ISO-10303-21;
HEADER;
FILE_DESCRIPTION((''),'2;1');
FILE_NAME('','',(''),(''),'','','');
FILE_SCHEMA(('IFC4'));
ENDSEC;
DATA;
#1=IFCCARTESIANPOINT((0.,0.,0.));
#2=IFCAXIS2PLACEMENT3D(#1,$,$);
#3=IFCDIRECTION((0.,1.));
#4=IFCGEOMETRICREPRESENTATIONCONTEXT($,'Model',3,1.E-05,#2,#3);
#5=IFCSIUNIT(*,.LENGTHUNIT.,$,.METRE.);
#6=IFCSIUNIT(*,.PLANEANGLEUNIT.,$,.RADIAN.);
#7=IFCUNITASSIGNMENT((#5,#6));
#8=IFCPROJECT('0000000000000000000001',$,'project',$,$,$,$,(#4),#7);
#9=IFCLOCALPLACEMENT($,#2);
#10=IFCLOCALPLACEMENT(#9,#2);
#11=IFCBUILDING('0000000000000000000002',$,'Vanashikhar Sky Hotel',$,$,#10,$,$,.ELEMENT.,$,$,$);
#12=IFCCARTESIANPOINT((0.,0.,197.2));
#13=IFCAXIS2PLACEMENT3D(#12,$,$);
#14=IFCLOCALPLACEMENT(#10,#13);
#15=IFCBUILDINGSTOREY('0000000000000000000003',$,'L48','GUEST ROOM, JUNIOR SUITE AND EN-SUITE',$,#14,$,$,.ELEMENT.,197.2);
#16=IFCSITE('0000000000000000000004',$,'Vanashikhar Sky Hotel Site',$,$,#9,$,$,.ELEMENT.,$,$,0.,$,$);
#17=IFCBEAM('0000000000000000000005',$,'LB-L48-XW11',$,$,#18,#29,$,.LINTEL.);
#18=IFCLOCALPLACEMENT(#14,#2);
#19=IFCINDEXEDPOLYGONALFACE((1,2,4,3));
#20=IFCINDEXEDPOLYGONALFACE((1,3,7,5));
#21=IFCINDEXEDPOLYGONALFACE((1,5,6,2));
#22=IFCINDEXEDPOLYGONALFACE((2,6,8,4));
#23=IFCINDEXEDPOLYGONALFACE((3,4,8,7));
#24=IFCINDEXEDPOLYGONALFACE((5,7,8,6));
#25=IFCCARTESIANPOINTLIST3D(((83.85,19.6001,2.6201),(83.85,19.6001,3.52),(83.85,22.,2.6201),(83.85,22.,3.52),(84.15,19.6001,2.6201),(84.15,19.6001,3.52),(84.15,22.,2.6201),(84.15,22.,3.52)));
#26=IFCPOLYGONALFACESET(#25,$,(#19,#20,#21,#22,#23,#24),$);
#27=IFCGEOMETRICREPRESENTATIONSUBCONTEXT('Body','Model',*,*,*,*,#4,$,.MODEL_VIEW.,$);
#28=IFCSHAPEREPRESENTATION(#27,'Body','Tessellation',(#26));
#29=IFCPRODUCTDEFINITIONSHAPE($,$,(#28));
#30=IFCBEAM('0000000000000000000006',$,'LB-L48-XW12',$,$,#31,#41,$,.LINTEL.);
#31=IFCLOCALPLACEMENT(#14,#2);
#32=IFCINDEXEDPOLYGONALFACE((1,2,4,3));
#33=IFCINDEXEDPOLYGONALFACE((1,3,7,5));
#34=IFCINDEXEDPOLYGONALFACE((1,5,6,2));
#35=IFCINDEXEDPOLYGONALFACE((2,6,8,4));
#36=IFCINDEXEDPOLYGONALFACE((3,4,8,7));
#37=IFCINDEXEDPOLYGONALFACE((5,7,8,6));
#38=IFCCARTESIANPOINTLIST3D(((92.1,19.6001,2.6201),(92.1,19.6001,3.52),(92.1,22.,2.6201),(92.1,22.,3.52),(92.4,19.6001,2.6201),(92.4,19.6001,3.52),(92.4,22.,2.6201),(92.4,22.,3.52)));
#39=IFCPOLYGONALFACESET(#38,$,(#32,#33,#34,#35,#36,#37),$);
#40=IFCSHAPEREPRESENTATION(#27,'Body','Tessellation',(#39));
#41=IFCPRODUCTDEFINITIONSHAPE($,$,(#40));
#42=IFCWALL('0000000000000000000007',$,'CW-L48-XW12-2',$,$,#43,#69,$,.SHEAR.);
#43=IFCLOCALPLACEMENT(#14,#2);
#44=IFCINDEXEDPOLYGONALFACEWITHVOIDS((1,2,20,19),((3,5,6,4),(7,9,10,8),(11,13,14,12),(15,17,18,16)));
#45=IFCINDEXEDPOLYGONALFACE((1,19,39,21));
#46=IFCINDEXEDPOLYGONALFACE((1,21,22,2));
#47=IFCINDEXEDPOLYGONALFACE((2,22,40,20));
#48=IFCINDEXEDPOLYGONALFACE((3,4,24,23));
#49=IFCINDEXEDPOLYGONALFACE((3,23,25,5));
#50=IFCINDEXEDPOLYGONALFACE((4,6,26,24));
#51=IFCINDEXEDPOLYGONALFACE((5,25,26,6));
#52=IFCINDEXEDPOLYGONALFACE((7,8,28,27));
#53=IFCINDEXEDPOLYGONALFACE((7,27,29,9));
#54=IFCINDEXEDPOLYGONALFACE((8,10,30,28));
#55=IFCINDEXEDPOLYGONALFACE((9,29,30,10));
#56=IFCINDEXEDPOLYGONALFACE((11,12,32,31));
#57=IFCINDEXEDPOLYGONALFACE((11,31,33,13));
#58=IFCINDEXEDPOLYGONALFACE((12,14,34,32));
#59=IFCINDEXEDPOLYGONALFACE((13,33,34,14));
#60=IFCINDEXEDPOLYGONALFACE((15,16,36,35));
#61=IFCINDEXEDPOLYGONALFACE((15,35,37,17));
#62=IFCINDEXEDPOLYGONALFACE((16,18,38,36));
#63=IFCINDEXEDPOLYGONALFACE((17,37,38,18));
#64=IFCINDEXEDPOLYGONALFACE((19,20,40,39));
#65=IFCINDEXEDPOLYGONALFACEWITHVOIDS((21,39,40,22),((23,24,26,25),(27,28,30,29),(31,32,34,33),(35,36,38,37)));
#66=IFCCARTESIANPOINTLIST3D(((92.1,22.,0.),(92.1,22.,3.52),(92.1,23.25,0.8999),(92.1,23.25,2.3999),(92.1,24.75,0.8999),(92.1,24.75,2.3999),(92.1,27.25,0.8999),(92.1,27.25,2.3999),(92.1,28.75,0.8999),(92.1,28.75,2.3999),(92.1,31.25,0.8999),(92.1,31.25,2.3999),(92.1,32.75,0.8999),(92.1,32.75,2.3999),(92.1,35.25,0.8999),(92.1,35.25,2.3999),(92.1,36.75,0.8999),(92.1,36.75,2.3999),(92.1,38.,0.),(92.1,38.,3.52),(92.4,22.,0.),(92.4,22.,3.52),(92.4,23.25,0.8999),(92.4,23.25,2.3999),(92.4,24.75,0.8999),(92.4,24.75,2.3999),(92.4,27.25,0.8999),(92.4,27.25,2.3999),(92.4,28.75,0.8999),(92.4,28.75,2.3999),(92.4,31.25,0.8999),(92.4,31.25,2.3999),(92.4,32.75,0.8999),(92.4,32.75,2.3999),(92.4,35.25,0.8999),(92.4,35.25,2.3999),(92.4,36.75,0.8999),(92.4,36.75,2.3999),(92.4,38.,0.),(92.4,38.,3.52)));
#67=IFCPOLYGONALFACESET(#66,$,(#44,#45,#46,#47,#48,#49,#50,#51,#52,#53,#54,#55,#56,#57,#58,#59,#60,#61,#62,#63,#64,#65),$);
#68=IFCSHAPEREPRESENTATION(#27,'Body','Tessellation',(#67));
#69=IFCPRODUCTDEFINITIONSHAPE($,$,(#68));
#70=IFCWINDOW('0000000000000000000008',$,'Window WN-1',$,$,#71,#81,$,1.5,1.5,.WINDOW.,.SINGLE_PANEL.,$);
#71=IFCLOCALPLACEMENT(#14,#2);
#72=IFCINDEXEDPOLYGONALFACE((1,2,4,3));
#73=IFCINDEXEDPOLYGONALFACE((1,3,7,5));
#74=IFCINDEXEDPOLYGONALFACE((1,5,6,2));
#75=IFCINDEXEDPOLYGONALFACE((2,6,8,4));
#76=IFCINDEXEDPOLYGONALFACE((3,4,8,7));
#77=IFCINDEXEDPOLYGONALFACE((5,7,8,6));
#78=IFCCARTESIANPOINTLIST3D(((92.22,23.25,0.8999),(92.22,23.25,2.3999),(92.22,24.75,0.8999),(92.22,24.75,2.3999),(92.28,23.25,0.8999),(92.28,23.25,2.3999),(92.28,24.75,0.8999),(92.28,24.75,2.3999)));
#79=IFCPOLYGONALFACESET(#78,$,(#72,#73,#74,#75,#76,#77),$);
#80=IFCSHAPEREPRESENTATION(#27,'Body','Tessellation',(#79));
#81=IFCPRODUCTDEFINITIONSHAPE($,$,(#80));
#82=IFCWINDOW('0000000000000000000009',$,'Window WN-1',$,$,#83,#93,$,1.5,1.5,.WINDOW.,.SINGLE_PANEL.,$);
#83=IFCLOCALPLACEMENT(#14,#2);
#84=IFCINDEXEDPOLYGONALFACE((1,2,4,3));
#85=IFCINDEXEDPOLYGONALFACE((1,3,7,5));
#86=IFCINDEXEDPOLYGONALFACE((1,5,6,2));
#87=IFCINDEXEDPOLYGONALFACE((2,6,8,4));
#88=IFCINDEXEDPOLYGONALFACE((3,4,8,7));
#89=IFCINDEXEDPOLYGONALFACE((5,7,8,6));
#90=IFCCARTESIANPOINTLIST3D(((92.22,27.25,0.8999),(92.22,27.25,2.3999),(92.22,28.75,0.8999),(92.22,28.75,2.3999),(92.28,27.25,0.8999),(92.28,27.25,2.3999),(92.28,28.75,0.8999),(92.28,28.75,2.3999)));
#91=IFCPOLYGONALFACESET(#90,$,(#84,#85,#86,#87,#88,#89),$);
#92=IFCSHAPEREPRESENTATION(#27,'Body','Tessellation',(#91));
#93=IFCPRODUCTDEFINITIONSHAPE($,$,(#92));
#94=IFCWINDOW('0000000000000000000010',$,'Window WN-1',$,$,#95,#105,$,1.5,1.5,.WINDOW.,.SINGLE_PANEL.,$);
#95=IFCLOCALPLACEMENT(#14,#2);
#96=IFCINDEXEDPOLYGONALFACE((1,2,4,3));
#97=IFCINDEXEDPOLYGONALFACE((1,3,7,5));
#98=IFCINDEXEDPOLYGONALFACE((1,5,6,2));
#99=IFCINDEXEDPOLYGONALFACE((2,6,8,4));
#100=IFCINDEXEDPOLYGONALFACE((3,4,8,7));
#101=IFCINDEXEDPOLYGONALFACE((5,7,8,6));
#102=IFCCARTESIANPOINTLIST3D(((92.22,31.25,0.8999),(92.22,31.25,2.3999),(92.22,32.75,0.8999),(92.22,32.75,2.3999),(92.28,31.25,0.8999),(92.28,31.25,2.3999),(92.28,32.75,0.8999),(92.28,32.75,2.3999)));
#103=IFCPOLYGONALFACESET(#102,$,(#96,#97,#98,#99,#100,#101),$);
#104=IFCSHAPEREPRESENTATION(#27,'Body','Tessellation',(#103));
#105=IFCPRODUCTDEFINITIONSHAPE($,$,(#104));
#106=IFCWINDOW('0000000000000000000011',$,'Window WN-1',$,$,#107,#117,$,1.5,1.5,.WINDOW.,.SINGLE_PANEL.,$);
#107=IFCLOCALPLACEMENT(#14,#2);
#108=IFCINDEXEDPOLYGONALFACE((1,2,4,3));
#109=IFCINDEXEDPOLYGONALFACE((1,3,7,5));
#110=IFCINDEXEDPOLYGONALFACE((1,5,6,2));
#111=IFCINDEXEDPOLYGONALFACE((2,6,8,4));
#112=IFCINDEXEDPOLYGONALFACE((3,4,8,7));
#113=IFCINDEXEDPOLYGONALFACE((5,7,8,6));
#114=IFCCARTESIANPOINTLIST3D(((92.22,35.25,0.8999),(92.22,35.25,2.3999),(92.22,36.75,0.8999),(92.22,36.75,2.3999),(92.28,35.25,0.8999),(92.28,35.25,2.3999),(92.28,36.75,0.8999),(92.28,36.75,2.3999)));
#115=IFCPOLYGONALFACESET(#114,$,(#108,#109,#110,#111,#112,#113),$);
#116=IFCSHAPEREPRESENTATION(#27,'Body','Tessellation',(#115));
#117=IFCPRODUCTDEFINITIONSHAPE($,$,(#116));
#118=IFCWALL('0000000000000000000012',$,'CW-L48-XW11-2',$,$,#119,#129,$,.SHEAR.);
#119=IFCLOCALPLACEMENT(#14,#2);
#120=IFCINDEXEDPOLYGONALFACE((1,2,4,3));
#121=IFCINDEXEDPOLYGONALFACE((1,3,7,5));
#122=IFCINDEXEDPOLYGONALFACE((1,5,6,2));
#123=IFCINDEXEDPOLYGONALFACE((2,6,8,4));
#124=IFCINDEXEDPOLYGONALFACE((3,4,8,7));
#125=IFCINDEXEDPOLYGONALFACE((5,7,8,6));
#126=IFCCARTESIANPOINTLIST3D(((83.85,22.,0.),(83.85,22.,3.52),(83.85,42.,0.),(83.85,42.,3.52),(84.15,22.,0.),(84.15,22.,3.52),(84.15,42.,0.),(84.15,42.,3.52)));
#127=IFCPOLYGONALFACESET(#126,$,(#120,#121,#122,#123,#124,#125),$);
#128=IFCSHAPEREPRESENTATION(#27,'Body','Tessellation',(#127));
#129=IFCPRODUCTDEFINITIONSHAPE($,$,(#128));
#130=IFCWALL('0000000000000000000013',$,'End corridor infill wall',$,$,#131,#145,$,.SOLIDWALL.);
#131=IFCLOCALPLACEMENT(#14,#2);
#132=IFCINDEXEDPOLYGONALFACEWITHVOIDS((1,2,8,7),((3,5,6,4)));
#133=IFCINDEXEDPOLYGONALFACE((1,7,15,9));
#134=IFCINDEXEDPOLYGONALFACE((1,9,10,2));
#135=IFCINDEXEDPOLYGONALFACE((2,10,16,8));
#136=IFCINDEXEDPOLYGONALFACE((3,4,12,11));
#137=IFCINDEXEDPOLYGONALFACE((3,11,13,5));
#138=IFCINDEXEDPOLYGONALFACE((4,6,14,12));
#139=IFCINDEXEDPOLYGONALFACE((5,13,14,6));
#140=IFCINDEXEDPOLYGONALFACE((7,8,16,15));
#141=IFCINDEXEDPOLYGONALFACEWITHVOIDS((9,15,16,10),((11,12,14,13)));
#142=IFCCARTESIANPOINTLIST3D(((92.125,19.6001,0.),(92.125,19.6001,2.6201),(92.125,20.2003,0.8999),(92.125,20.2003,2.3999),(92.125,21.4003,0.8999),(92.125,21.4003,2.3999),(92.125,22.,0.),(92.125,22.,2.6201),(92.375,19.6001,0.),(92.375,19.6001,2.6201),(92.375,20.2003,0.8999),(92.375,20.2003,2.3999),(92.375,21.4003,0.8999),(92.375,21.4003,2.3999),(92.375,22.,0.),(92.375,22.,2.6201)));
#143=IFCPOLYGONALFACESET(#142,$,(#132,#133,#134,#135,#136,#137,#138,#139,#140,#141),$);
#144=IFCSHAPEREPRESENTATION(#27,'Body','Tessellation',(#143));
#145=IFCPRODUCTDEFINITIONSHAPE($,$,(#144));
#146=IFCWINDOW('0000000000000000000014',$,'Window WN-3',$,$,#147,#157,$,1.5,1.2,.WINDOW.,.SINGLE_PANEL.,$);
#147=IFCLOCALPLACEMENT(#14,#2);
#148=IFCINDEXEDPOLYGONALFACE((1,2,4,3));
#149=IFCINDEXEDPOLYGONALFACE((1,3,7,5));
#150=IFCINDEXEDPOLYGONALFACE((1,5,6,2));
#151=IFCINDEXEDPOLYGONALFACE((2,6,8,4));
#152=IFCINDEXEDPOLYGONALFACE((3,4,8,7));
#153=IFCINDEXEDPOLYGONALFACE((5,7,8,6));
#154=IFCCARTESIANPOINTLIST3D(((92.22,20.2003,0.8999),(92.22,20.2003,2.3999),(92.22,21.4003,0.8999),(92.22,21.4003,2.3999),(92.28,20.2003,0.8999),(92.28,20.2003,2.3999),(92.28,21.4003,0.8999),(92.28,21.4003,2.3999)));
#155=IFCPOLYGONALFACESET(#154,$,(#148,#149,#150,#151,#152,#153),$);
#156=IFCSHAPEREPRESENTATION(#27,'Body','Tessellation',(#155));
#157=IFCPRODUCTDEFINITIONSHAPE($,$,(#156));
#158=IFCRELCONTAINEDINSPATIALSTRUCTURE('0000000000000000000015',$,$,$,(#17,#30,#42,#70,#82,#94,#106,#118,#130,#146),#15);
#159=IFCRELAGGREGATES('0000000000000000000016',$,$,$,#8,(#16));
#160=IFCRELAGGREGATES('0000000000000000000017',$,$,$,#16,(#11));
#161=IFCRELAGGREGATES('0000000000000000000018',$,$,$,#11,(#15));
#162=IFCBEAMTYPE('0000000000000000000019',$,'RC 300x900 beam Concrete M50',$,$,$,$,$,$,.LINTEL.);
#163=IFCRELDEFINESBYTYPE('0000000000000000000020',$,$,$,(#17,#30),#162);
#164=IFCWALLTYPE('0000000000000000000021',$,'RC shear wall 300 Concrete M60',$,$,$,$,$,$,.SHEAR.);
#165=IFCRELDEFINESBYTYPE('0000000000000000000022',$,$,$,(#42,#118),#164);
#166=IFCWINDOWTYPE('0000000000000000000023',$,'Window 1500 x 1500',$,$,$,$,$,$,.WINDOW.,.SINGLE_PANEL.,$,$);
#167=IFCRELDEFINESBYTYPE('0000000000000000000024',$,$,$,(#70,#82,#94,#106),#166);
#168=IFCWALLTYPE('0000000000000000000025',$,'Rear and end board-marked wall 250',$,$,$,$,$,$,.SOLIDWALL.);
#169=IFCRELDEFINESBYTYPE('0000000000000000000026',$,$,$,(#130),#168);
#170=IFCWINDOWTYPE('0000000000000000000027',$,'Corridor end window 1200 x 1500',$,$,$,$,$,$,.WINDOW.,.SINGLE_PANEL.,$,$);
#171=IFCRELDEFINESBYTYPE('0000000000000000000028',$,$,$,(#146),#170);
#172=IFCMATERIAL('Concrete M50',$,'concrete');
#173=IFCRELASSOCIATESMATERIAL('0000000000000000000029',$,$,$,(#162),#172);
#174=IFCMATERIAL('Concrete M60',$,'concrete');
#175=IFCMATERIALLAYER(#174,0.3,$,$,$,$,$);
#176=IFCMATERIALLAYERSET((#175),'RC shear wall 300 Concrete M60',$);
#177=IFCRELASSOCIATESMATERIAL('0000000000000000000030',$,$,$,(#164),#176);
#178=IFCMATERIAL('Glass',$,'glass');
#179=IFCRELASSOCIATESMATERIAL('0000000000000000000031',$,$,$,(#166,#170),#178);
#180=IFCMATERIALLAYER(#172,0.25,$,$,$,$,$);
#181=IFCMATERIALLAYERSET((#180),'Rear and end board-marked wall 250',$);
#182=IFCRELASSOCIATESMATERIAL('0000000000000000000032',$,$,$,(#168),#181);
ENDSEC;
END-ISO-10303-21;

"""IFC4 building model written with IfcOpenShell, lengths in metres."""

from ifc_helpers import new_model, si_unit, direction, frame, frame_2d, origin, origin_2d, place, context, subcontext, project, spatial, rectangle, extrude, source, transform, mapped, material, layer, layer_set, material_profile, profile_set, type_object, element, fill, save


model = new_model("IFC4")

# Units and contexts
model_context = context("Model", 3, precision=1e-05, world=origin(), true_north=direction((0.0, 1.0)))
body_context = subcontext(model_context, "Body", "Model", "MODEL_VIEW")
ifc_project = project(units=[si_unit("LENGTHUNIT", "METRE"), si_unit("PLANEANGLEUNIT", "RADIAN")], contexts=[model_context])

# Site, building, storey
site_placement = place(None, origin())
site = spatial("IfcSite", under=ifc_project, at=site_placement, Name="Vanashikhar Sky Hotel Site", CompositionType="ELEMENT", RefElevation=0.0)
building_placement = place(site_placement, origin())
building = spatial("IfcBuilding", under=site, at=building_placement, Name="Vanashikhar Sky Hotel", CompositionType="ELEMENT")
storey_placement = place(building_placement, frame((0.0, 0.0, 197.2)))
storey = spatial("IfcBuildingStorey", under=building, at=storey_placement, Name="L48", Description="GUEST ROOM, JUNIOR SUITE AND EN-SUITE", CompositionType="ELEMENT", Elevation=197.2)

# Beams
ifc_material_1 = material(Name="Concrete M50", Category="concrete")
ifc_material_profile = material_profile(ifc_material_1, rectangle(XDim=0.3, YDim=0.8999, at=origin_2d()))
ifc_profile_set = profile_set([ifc_material_profile], Name="RC 300x900 beam Concrete M50")
beam_type = type_object("IfcBeamType", Name="RC 300x900 beam Concrete M50", PredefinedType="LINTEL", material=ifc_profile_set)
shared_shape_1 = source(origin(), body_context, "Body", "SweptSolid", [
    extrude(rectangle(XDim=0.3, YDim=0.8999, at=origin_2d()), origin(), (0.0, 0.0, 1.0), 2.3999),
])
for number, where, z_axis, x_axis, name in (
    (1, (84.0, 19.6001, 3.0701), (0.0, 1.0, 0.0), (-1.0, 0.0, 0.0), "LB-L48-XW11"),
    (2, (92.25, 19.6001, 3.0701), (0.0, 1.0, 0.0), (-1.0, 0.0, 0.0), "LB-L48-XW12"),
):
    element("IfcBeam", number, at=place(storey_placement, frame(where, z_axis=z_axis, x_axis=x_axis)), inside=storey, type_object=beam_type, Name=name, PredefinedType="LINTEL", context=body_context, shape_type="MappedRepresentation", body=[
        mapped(shared_shape_1, transform((0.0, 0.0, 0.0), scale=1.0)),
    ])

# Wall, openings, windows
ifc_material_2 = material(Name="Concrete M60", Category="concrete")
ifc_layer_1 = layer(ifc_material_2, 0.3)
ifc_layer_set_1 = layer_set([ifc_layer_1], Name="RC shear wall 300 Concrete M60")
wall_type_1 = type_object("IfcWallType", Name="RC shear wall 300 Concrete M60", PredefinedType="SHEAR", material=ifc_layer_set_1)
shared_shape_2 = source(origin(), body_context, "Body", "SweptSolid", [
    extrude(rectangle(XDim=16.0, YDim=0.3, at=frame_2d((8.0, 0.0))), origin(), (0.0, 0.0, 1.0), 3.52),
])
wall_1_placement = place(storey_placement, frame((92.25, 22.0, 0.0), z_axis=(0.0, 0.0, 1.0), x_axis=(0.0, 1.0, 0.0)))
wall_1 = element("IfcWall", 3, at=wall_1_placement, inside=storey, type_object=wall_type_1, Name="CW-L48-XW12-2", PredefinedType="SHEAR", context=body_context, shape_type="MappedRepresentation", body=[
    mapped(shared_shape_2, transform((0.0, 0.0, 0.0), scale=1.0)),
])
shared_shape_3 = source(origin(), body_context, "Body", "SweptSolid", [
    extrude(rectangle(XDim=1.5, YDim=1.5, at=frame_2d((0.75, 0.75))), frame((0.0, 0.1602, 0.0), z_axis=(0.0, -1.0, 0.0), x_axis=(1.0, 0.0, 0.0)), (0.0, 0.0, 1.0), 0.3201),
])
opening_1_placement = place(wall_1_placement, frame((1.25, 0.0, 0.8999)))
opening_1 = element("IfcOpeningElement", 4, at=opening_1_placement, cuts=wall_1, PredefinedType="OPENING", context=body_context, shape_type="MappedRepresentation", body=[
    mapped(shared_shape_3, transform((0.0, 0.0, 0.0), scale=1.0)),
])
opening_2_placement = place(wall_1_placement, frame((5.25, 0.0, 0.8999)))
opening_2 = element("IfcOpeningElement", 5, at=opening_2_placement, cuts=wall_1, PredefinedType="OPENING", context=body_context, shape_type="MappedRepresentation", body=[
    mapped(shared_shape_3, transform((0.0, 0.0, 0.0), scale=1.0)),
])
opening_3_placement = place(wall_1_placement, frame((9.25, 0.0, 0.8999)))
opening_3 = element("IfcOpeningElement", 6, at=opening_3_placement, cuts=wall_1, PredefinedType="OPENING", context=body_context, shape_type="MappedRepresentation", body=[
    mapped(shared_shape_3, transform((0.0, 0.0, 0.0), scale=1.0)),
])
opening_4_placement = place(wall_1_placement, frame((13.25, 0.0, 0.8999)))
opening_4 = element("IfcOpeningElement", 7, at=opening_4_placement, cuts=wall_1, PredefinedType="OPENING", context=body_context, shape_type="MappedRepresentation", body=[
    mapped(shared_shape_3, transform((0.0, 0.0, 0.0), scale=1.0)),
])
ifc_material_3 = material(Name="Glass", Category="glass")
window_type_1 = type_object("IfcWindowType", Name="Window 1500 x 1500", PartitioningType="SINGLE_PANEL", PredefinedType="WINDOW", material=ifc_material_3)
shared_shape_4 = source(origin(), body_context, "Body", "SweptSolid", [
    extrude(rectangle(XDim=1.5, YDim=1.5, at=frame_2d((0.75, 0.75))), frame((0.0, 0.03, 0.0), z_axis=(0.0, -1.0, 0.0), x_axis=(1.0, 0.0, 0.0)), (0.0, 0.0, 1.0), 0.0601),
])
window_1_placement = place(opening_1_placement, origin())
window_1 = element("IfcWindow", 8, at=window_1_placement, inside=storey, type_object=window_type_1, Name="Window WN-1", OverallHeight=1.5, OverallWidth=1.5, PartitioningType="SINGLE_PANEL", PredefinedType="WINDOW", context=body_context, shape_type="MappedRepresentation", body=[
    mapped(shared_shape_4, transform((0.0, 0.0, 0.0), scale=1.0)),
])
fill(opening_1, window_1)
window_2_placement = place(opening_2_placement, origin())
window_2 = element("IfcWindow", 9, at=window_2_placement, inside=storey, type_object=window_type_1, Name="Window WN-1", OverallHeight=1.5, OverallWidth=1.5, PartitioningType="SINGLE_PANEL", PredefinedType="WINDOW", context=body_context, shape_type="MappedRepresentation", body=[
    mapped(shared_shape_4, transform((0.0, 0.0, 0.0), scale=1.0)),
])
fill(opening_2, window_2)
window_3_placement = place(opening_3_placement, origin())
window_3 = element("IfcWindow", 10, at=window_3_placement, inside=storey, type_object=window_type_1, Name="Window WN-1", OverallHeight=1.5, OverallWidth=1.5, PartitioningType="SINGLE_PANEL", PredefinedType="WINDOW", context=body_context, shape_type="MappedRepresentation", body=[
    mapped(shared_shape_4, transform((0.0, 0.0, 0.0), scale=1.0)),
])
fill(opening_3, window_3)
window_4_placement = place(opening_4_placement, origin())
window_4 = element("IfcWindow", 11, at=window_4_placement, inside=storey, type_object=window_type_1, Name="Window WN-1", OverallHeight=1.5, OverallWidth=1.5, PartitioningType="SINGLE_PANEL", PredefinedType="WINDOW", context=body_context, shape_type="MappedRepresentation", body=[
    mapped(shared_shape_4, transform((0.0, 0.0, 0.0), scale=1.0)),
])
fill(opening_4, window_4)

# Wall
shared_shape_5 = source(origin(), body_context, "Body", "SweptSolid", [
    extrude(rectangle(XDim=20.0, YDim=0.3, at=frame_2d((10.0, 0.0))), origin(), (0.0, 0.0, 1.0), 3.52),
])
wall_2_placement = place(storey_placement, frame((84.0, 22.0, 0.0), z_axis=(0.0, 0.0, 1.0), x_axis=(0.0, 1.0, 0.0)))
element("IfcWall", 12, at=wall_2_placement, inside=storey, type_object=wall_type_1, Name="CW-L48-XW11-2", PredefinedType="SHEAR", context=body_context, shape_type="MappedRepresentation", body=[
    mapped(shared_shape_5, transform((0.0, 0.0, 0.0), scale=1.0)),
])

# Wall, opening, window
ifc_layer_2 = layer(ifc_material_1, 0.25)
ifc_layer_set_2 = layer_set([ifc_layer_2], Name="Rear and end board-marked wall 250")
wall_type_2 = type_object("IfcWallType", Name="Rear and end board-marked wall 250", PredefinedType="SOLIDWALL", material=ifc_layer_set_2)
shared_shape_6 = source(origin(), body_context, "Body", "SweptSolid", [
    extrude(rectangle(XDim=2.3999, YDim=0.25, at=frame_2d((1.2, 0.0))), origin(), (0.0, 0.0, 1.0), 2.6201),
])
wall_3_placement = place(storey_placement, frame((92.25, 19.6001, 0.0), z_axis=(0.0, 0.0, 1.0), x_axis=(0.0, 1.0, 0.0)))
wall_3 = element("IfcWall", 13, at=wall_3_placement, inside=storey, type_object=wall_type_2, Name="End corridor infill wall", PredefinedType="SOLIDWALL", context=body_context, shape_type="MappedRepresentation", body=[
    mapped(shared_shape_6, transform((0.0, 0.0, 0.0), scale=1.0)),
])
shared_shape_7 = source(origin(), body_context, "Body", "SweptSolid", [
    extrude(rectangle(XDim=1.2, YDim=1.5, at=frame_2d((0.6001, 0.75))), frame((0.0, 0.135, 0.0), z_axis=(0.0, -1.0, 0.0), x_axis=(1.0, 0.0, 0.0)), (0.0, 0.0, 1.0), 0.27),
])
opening_5_placement = place(wall_3_placement, frame((0.6001, 0.0, 0.8999)))
opening_5 = element("IfcOpeningElement", 14, at=opening_5_placement, cuts=wall_3, PredefinedType="OPENING", context=body_context, shape_type="MappedRepresentation", body=[
    mapped(shared_shape_7, transform((0.0, 0.0, 0.0), scale=1.0)),
])
window_type_2 = type_object("IfcWindowType", Name="Corridor end window 1200 x 1500", PartitioningType="SINGLE_PANEL", PredefinedType="WINDOW", material=ifc_material_3)
shared_shape_8 = source(origin(), body_context, "Body", "SweptSolid", [
    extrude(rectangle(XDim=1.2, YDim=1.5, at=frame_2d((0.6001, 0.75))), frame((0.0, 0.03, 0.0), z_axis=(0.0, -1.0, 0.0), x_axis=(1.0, 0.0, 0.0)), (0.0, 0.0, 1.0), 0.0601),
])
window_5_placement = place(opening_5_placement, origin())
window_5 = element("IfcWindow", 15, at=window_5_placement, inside=storey, type_object=window_type_2, Name="Window WN-3", OverallHeight=1.5, OverallWidth=1.2, PartitioningType="SINGLE_PANEL", PredefinedType="WINDOW", context=body_context, shape_type="MappedRepresentation", body=[
    mapped(shared_shape_8, transform((0.0, 0.0, 0.0), scale=1.0)),
])
fill(opening_5, window_5)

save(model, "model.ifc")
